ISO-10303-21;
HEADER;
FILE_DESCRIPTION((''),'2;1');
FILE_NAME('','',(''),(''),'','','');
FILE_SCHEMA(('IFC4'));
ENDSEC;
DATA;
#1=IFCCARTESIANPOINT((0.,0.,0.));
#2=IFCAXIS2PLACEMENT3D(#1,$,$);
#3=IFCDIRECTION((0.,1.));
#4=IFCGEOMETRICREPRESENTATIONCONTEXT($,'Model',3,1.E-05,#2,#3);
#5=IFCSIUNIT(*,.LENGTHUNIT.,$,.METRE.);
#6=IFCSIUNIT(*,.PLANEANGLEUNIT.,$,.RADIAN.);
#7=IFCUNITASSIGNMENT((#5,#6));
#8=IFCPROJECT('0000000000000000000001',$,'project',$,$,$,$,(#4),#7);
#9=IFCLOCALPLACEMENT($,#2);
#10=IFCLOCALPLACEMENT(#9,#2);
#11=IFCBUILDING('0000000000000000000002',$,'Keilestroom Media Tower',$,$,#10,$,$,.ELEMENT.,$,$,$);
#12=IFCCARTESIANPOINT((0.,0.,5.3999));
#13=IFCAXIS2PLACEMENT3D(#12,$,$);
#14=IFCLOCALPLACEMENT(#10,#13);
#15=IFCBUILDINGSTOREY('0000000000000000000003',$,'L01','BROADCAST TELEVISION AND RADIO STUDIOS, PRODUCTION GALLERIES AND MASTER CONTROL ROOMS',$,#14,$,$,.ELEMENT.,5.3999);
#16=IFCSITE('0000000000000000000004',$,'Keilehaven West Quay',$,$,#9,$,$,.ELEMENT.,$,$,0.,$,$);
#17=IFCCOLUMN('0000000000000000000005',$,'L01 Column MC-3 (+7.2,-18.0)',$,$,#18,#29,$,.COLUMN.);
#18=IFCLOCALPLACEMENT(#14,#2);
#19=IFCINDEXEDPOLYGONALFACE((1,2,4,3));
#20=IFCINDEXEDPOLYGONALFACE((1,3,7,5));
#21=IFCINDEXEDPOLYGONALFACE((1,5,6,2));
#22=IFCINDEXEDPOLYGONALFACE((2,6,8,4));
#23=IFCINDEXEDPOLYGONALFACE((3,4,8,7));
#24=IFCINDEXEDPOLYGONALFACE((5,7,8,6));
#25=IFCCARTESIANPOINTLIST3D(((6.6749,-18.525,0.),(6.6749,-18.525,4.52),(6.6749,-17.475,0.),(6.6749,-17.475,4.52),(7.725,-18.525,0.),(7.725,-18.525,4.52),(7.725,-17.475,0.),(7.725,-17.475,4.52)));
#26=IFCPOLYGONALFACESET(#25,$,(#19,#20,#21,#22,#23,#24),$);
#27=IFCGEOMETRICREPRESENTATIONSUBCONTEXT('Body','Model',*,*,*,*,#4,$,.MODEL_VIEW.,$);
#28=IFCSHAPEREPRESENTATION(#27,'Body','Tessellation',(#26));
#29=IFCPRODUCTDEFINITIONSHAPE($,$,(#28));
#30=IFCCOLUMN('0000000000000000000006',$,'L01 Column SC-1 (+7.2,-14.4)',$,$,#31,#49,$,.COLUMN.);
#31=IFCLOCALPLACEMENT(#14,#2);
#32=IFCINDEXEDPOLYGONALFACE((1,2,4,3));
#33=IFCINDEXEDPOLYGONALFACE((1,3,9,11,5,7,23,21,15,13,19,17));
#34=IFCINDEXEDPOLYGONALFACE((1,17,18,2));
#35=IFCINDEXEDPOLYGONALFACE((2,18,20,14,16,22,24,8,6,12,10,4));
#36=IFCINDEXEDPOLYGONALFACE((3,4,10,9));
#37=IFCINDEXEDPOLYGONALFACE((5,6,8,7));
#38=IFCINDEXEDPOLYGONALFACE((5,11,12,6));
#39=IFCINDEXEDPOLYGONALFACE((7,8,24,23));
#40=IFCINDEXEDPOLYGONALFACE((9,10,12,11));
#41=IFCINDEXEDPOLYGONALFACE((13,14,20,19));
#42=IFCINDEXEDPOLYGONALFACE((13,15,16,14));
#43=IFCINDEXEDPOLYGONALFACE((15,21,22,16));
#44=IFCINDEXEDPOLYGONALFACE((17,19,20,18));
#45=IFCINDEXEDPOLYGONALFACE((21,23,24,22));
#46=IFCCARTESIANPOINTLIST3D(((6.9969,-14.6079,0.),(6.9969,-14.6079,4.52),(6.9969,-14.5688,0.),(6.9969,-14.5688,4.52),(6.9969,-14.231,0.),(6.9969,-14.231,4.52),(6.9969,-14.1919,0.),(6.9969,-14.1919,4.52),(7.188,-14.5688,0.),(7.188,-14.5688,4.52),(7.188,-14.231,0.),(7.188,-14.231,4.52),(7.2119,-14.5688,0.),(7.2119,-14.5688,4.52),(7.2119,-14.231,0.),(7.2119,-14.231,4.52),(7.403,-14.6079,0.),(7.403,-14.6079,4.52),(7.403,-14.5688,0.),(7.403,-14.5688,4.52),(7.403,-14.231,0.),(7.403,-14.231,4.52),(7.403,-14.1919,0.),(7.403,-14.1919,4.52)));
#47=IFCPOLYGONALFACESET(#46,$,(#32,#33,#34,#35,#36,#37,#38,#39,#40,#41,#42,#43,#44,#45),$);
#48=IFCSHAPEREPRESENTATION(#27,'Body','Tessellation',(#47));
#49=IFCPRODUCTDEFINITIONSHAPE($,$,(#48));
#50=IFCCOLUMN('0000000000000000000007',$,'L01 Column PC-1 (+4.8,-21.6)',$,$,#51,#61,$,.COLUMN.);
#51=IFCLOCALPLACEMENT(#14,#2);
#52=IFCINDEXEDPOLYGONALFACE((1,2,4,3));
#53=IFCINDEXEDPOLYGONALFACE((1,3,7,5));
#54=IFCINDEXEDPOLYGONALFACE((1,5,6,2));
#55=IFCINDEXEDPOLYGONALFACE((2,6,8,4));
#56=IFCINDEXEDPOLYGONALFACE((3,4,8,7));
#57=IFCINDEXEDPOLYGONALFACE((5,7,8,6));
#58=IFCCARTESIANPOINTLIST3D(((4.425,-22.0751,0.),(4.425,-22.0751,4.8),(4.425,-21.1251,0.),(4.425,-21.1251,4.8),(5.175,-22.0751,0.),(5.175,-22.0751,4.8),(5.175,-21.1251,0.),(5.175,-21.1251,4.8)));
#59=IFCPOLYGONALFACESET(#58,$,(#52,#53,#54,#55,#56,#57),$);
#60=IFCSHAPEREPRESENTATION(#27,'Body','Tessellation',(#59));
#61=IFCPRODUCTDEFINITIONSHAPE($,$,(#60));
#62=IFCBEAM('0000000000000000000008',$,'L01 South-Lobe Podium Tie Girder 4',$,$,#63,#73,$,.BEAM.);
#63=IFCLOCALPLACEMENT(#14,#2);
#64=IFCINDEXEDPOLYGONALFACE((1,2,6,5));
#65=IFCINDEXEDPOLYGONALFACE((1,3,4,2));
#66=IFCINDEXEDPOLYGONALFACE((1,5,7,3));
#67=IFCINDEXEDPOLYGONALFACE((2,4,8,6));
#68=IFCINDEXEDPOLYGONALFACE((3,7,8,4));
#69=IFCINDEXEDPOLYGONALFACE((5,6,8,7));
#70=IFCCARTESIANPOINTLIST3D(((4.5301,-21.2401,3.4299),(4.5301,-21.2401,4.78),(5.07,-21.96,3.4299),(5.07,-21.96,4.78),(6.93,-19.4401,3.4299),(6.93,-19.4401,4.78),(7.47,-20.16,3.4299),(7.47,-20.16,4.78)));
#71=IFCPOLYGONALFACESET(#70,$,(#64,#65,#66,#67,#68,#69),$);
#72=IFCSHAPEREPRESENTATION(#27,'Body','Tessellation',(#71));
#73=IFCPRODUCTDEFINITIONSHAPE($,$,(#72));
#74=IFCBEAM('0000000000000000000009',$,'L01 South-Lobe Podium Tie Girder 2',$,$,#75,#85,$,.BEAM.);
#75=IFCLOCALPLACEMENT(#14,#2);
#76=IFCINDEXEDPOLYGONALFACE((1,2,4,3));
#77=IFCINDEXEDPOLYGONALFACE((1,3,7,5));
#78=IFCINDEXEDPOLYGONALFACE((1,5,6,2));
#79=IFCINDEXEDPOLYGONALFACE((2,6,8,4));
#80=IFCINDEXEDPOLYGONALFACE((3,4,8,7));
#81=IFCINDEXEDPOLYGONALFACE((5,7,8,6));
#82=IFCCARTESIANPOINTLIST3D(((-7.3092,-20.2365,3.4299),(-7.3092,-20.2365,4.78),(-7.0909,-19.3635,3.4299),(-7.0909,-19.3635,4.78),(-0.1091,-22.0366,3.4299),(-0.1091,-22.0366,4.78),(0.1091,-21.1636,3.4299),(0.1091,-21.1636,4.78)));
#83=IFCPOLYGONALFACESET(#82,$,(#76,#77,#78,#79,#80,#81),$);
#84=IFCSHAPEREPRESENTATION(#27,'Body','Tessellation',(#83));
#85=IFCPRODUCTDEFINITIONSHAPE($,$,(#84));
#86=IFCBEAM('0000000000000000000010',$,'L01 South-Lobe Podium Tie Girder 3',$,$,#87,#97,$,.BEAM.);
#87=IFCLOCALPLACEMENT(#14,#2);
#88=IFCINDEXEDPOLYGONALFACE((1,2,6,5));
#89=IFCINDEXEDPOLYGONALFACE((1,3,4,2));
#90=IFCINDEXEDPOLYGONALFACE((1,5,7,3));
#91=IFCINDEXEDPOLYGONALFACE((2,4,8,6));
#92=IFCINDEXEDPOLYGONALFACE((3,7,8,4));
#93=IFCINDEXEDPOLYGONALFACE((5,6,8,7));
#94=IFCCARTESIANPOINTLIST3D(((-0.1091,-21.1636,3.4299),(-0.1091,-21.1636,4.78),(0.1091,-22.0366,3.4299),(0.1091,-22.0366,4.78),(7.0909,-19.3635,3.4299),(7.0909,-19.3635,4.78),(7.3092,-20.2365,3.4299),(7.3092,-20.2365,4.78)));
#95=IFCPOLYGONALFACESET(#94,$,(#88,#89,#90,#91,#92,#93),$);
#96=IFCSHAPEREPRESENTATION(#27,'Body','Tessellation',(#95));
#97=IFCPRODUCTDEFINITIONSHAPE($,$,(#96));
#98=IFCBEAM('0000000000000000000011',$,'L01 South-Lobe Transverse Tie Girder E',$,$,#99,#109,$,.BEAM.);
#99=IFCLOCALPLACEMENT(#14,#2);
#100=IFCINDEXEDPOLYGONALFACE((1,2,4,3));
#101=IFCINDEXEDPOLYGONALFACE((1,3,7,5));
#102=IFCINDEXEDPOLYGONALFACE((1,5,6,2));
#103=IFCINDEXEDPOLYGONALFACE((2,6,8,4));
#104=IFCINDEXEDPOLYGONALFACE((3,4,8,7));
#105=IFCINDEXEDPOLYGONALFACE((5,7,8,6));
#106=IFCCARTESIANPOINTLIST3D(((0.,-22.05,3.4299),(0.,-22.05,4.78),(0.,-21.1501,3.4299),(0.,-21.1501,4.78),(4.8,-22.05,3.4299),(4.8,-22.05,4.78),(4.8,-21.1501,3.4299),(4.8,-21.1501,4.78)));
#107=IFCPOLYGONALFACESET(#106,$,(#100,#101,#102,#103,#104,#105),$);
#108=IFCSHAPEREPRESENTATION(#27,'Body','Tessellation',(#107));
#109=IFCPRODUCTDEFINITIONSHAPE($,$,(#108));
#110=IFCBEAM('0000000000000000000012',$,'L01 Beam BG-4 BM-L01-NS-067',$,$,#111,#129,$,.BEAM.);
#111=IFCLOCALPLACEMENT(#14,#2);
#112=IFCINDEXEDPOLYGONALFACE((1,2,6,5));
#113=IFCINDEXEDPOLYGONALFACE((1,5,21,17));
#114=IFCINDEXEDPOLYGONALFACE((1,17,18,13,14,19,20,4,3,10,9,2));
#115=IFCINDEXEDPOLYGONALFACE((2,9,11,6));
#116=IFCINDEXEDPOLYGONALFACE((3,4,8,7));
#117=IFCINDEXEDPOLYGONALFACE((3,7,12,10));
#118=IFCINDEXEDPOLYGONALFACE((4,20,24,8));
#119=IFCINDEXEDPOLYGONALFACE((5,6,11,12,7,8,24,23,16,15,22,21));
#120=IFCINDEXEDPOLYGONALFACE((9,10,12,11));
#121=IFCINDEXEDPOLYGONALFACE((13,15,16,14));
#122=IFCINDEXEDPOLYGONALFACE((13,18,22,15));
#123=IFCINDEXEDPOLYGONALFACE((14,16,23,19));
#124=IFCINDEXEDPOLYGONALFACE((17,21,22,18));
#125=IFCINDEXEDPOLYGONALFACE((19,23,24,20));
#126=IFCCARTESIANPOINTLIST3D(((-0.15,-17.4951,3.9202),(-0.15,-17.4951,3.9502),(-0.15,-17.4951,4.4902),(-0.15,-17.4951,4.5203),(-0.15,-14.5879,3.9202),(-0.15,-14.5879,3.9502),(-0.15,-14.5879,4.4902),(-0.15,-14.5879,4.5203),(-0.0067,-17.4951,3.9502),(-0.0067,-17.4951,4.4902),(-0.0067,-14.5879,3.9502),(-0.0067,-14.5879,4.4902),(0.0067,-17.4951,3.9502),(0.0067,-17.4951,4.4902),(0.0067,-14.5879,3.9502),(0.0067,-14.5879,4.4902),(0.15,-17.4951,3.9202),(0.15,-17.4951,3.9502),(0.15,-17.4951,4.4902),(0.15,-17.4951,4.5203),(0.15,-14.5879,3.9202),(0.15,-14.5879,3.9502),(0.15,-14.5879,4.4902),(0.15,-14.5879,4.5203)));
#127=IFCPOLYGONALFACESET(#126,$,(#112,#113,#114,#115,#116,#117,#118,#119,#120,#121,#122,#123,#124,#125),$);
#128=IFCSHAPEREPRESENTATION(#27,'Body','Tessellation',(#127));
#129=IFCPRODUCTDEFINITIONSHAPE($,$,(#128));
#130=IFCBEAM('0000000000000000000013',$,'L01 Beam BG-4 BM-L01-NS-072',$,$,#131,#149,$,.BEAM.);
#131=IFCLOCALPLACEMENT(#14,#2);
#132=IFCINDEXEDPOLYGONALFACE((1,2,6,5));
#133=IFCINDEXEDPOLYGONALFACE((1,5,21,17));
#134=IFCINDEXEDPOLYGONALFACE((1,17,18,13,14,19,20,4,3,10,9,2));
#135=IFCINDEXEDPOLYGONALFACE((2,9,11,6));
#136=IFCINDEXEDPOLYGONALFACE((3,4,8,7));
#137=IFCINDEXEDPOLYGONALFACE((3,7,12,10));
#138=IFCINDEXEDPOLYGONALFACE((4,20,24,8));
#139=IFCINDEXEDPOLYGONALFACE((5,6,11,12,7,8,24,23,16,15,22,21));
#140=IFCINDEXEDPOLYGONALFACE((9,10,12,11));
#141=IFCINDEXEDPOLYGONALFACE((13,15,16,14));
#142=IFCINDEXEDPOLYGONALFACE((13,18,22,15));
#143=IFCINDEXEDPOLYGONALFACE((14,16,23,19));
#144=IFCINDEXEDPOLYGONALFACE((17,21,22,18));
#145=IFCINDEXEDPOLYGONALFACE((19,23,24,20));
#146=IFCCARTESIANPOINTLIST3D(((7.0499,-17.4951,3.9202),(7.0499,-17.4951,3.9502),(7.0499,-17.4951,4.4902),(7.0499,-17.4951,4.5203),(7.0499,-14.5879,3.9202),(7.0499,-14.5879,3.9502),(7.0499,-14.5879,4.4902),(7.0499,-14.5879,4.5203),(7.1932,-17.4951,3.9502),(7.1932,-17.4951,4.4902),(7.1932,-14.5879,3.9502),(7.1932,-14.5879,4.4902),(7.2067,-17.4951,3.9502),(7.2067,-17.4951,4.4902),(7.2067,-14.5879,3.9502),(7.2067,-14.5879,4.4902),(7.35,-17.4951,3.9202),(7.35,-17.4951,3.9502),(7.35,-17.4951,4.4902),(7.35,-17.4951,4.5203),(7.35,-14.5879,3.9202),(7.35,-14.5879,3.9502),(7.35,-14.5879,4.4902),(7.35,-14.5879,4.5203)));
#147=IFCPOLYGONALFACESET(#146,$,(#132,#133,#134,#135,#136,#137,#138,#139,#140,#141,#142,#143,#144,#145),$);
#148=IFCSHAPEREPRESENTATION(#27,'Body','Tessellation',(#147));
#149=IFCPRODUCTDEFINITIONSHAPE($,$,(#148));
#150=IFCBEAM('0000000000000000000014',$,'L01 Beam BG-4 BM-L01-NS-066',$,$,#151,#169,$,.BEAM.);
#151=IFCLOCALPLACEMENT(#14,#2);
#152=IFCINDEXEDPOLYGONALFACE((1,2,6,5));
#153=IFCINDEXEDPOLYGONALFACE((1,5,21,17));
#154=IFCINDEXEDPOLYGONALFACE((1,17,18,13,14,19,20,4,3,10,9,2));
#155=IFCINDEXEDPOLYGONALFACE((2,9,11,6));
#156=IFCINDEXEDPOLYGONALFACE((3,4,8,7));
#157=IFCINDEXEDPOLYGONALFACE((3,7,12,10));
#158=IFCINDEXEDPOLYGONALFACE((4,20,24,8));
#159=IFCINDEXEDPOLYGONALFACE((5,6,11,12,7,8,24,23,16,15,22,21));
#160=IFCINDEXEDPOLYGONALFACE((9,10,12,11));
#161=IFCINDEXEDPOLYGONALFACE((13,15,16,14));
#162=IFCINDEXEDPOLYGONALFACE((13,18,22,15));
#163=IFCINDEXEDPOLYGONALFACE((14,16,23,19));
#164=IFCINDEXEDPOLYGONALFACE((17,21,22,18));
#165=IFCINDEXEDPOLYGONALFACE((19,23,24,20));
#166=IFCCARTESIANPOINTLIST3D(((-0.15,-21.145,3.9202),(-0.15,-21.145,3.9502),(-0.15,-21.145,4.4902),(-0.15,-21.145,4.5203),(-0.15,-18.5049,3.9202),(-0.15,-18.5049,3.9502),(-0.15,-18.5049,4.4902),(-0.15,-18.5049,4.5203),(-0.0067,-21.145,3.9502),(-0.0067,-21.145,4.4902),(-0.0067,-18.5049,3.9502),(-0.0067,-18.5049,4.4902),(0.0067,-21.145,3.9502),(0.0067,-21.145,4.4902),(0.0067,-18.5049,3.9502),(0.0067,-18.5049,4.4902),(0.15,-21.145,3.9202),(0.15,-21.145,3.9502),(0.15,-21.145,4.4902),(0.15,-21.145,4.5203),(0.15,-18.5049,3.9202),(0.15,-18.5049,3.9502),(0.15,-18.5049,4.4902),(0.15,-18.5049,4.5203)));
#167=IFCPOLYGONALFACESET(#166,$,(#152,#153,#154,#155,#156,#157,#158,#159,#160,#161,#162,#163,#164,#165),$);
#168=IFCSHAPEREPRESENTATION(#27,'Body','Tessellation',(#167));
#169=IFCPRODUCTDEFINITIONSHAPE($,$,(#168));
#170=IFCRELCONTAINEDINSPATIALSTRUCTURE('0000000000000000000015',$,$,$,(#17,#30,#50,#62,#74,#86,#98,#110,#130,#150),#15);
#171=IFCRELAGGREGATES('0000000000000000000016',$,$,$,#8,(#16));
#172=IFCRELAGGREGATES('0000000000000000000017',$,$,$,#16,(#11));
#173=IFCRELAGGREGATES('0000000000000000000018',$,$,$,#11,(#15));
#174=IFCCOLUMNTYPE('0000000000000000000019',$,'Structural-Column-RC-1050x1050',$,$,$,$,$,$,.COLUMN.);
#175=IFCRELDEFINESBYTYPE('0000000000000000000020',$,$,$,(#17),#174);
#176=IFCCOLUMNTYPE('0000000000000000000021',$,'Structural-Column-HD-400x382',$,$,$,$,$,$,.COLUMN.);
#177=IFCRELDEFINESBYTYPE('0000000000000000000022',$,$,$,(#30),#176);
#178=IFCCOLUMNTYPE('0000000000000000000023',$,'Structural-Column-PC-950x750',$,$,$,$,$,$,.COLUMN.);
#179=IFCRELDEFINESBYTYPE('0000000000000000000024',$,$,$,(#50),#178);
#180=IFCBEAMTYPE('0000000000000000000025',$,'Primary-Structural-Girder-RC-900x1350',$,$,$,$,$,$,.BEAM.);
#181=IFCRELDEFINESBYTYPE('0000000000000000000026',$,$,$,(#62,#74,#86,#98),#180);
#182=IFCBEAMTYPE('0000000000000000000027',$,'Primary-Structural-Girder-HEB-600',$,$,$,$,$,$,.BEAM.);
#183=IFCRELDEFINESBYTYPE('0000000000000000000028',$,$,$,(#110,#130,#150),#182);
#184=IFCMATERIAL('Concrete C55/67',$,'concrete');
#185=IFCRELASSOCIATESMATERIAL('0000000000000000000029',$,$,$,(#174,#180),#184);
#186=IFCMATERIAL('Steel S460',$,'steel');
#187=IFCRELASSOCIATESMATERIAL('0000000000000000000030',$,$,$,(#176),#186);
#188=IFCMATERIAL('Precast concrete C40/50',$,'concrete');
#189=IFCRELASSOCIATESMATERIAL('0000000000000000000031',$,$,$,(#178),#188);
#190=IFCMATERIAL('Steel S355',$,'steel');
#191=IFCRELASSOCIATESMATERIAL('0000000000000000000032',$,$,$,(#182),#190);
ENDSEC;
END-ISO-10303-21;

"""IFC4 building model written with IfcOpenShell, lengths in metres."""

from ifc_helpers import new_model, si_unit, direction, frame, origin, origin_2d, place, context, subcontext, project, spatial, rectangle, i_section, extrude, source, transform, mapped, material, material_profile, profile_set, type_object, element, save


model = new_model("IFC4")

# Units and contexts
model_context = context("Model", 3, precision=1e-05, world=origin(), true_north=direction((0.0, 1.0)))
body_context = subcontext(model_context, "Body", "Model", "MODEL_VIEW")
ifc_project = project(units=[si_unit("LENGTHUNIT", "METRE"), si_unit("PLANEANGLEUNIT", "RADIAN")], contexts=[model_context])

# Site, building, storey
site_placement = place(None, origin())
site = spatial("IfcSite", under=ifc_project, at=site_placement, Name="Keilehaven West Quay", CompositionType="ELEMENT", RefElevation=0.0)
building_placement = place(site_placement, origin())
building = spatial("IfcBuilding", under=site, at=building_placement, Name="Keilestroom Media Tower", CompositionType="ELEMENT")
storey_placement = place(building_placement, frame((0.0, 0.0, 5.3999)))
storey = spatial("IfcBuildingStorey", under=building, at=storey_placement, Name="L01", Description="BROADCAST TELEVISION AND RADIO STUDIOS, PRODUCTION GALLERIES AND MASTER CONTROL ROOMS", CompositionType="ELEMENT", Elevation=5.3999)

# Columns
ifc_material_1 = material(Name="Concrete C55/67", Category="concrete")
ifc_material_profile_1 = material_profile(ifc_material_1, rectangle(XDim=1.05, YDim=1.05, at=origin_2d()), Name="RC 1050x1050")
ifc_profile_set_1 = profile_set([ifc_material_profile_1], Name="Concrete C55/67")
column_type_1 = type_object("IfcColumnType", Name="Structural-Column-RC-1050x1050", PredefinedType="COLUMN", material=ifc_profile_set_1)
shared_shape_1 = source(origin(), body_context, "Body", "SweptSolid", [
    extrude(rectangle(XDim=1.05, YDim=1.05, at=origin_2d()), origin(), (0.0, 0.0, 1.0), 4.52),
])
column_1_placement = place(storey_placement, frame((7.2, -18.0, 0.0), z_axis=(0.0, 0.0, 1.0), x_axis=(1.0, 0.0, 0.0)))
element("IfcColumn", 1, at=column_1_placement, inside=storey, type_object=column_type_1, Name="L01 Column MC-3 (+7.2,-18.0)", PredefinedType="COLUMN", context=body_context, shape_type="MappedRepresentation", body=[
    mapped(shared_shape_1, transform((0.0, 0.0, 0.0), x_axis=(1.0, 0.0, 0.0), y_axis=(0.0, 1.0, 0.0), z_axis=(0.0, 0.0, 1.0), scale=1.0)),
])
ifc_material_2 = material(Name="Steel S460", Category="steel")
ifc_material_profile_2 = material_profile(ifc_material_2, i_section(OverallWidth=0.406, OverallDepth=0.416, WebThickness=0.0239, FlangeThickness=0.0391, at=origin_2d()), Name="HD 400x382")
ifc_profile_set_2 = profile_set([ifc_material_profile_2], Name="Steel S460")
column_type_2 = type_object("IfcColumnType", Name="Structural-Column-HD-400x382", PredefinedType="COLUMN", material=ifc_profile_set_2)
shared_shape_2 = source(origin(), body_context, "Body", "SweptSolid", [
    extrude(i_section(OverallWidth=0.406, OverallDepth=0.416, WebThickness=0.0239, FlangeThickness=0.0391, at=origin_2d()), origin(), (0.0, 0.0, 1.0), 4.52),
])
column_2_placement = place(storey_placement, frame((7.2, -14.3999, 0.0), z_axis=(0.0, 0.0, 1.0), x_axis=(1.0, 0.0, 0.0)))
element("IfcColumn", 2, at=column_2_placement, inside=storey, type_object=column_type_2, Name="L01 Column SC-1 (+7.2,-14.4)", PredefinedType="COLUMN", context=body_context, shape_type="MappedRepresentation", body=[
    mapped(shared_shape_2, transform((0.0, 0.0, 0.0), x_axis=(1.0, 0.0, 0.0), y_axis=(0.0, 1.0, 0.0), z_axis=(0.0, 0.0, 1.0), scale=1.0)),
])
ifc_material_3 = material(Name="Precast concrete C40/50", Category="concrete")
ifc_material_profile_3 = material_profile(ifc_material_3, rectangle(XDim=0.75, YDim=0.95, at=origin_2d()), Name="PC 950x750")
ifc_profile_set_3 = profile_set([ifc_material_profile_3], Name="Precast concrete C40/50")
column_type_3 = type_object("IfcColumnType", Name="Structural-Column-PC-950x750", PredefinedType="COLUMN", material=ifc_profile_set_3)
shared_shape_3 = source(origin(), body_context, "Body", "SweptSolid", [
    extrude(rectangle(XDim=0.75, YDim=0.95, at=origin_2d()), origin(), (0.0, 0.0, 1.0), 4.8),
])
column_3_placement = place(storey_placement, frame((4.8, -21.6001, 0.0), z_axis=(0.0, 0.0, 1.0), x_axis=(1.0, 0.0, 0.0)))
element("IfcColumn", 3, at=column_3_placement, inside=storey, type_object=column_type_3, Name="L01 Column PC-1 (+4.8,-21.6)", PredefinedType="COLUMN", context=body_context, shape_type="MappedRepresentation", body=[
    mapped(shared_shape_3, transform((0.0, 0.0, 0.0), x_axis=(1.0, 0.0, 0.0), y_axis=(0.0, 1.0, 0.0), z_axis=(0.0, 0.0, 1.0), scale=1.0)),
])

# Beams
ifc_material_profile_4 = material_profile(ifc_material_1, rectangle(XDim=0.8999, YDim=1.3501, at=origin_2d()), Name="RC 900x1350")
ifc_profile_set_4 = profile_set([ifc_material_profile_4], Name="Concrete C55/67")
beam_type_1 = type_object("IfcBeamType", Name="Primary-Structural-Girder-RC-900x1350", PredefinedType="BEAM", material=ifc_profile_set_4)
shared_shape_4 = source(origin(), body_context, "Body", "SweptSolid", [
    extrude(rectangle(XDim=0.8999, YDim=1.3501, at=origin_2d()), origin(), (0.0, 0.0, 1.0), 3.0),
])
beam_1_placement = place(storey_placement, frame((4.8, -21.6001, 4.105), z_axis=(0.79998, 0.600026, 0.0), x_axis=(-0.600026, 0.79998, 0.0)))
element("IfcBeam", 4, at=beam_1_placement, inside=storey, type_object=beam_type_1, Name="L01 South-Lobe Podium Tie Girder 4", PredefinedType="BEAM", context=body_context, shape_type="MappedRepresentation", body=[
    mapped(shared_shape_4, transform((0.0, 0.0, 0.0), x_axis=(1.0, 0.0, 0.0), y_axis=(0.0, 1.0, 0.0), z_axis=(0.0, 0.0, 1.0), scale=1.0)),
])
shared_shape_5 = source(origin(), body_context, "Body", "SweptSolid", [
    extrude(rectangle(XDim=0.8999, YDim=1.3501, at=origin_2d()), origin(), (0.0, 0.0, 1.0), 7.4216),
])
for number, where, z_axis, x_axis, name in (
    (5, (0.0, -21.6001, 4.105), (-0.970141, 0.242543, 0.0), (-0.242543, -0.970141, 0.0), "L01 South-Lobe Podium Tie Girder 2"),
    (6, (0.0, -21.6001, 4.105), (0.970141, 0.242543, 0.0), (-0.242543, 0.970141, 0.0), "L01 South-Lobe Podium Tie Girder 3"),
):
    element("IfcBeam", number, at=place(storey_placement, frame(where, z_axis=z_axis, x_axis=x_axis)), inside=storey, type_object=beam_type_1, Name=name, PredefinedType="BEAM", context=body_context, shape_type="MappedRepresentation", body=[
        mapped(shared_shape_5, transform((0.0, 0.0, 0.0), x_axis=(1.0, 0.0, 0.0), y_axis=(0.0, 1.0, 0.0), z_axis=(0.0, 0.0, 1.0), scale=1.0)),
    ])
shared_shape_6 = source(origin(), body_context, "Body", "SweptSolid", [
    extrude(rectangle(XDim=0.8999, YDim=1.3501, at=origin_2d()), origin(), (0.0, 0.0, 1.0), 4.8),
])
beam_2_placement = place(storey_placement, frame((0.0, -21.6001, 4.105), z_axis=(1.0, 0.0, 0.0), x_axis=(0.0, 1.0, 0.0)))
element("IfcBeam", 7, at=beam_2_placement, inside=storey, type_object=beam_type_1, Name="L01 South-Lobe Transverse Tie Girder E", PredefinedType="BEAM", context=body_context, shape_type="MappedRepresentation", body=[
    mapped(shared_shape_6, transform((0.0, 0.0, 0.0), x_axis=(1.0, 0.0, 0.0), y_axis=(0.0, 1.0, 0.0), z_axis=(0.0, 0.0, 1.0), scale=1.0)),
])
ifc_material_4 = material(Name="Steel S355", Category="steel")
ifc_material_profile_5 = material_profile(ifc_material_4, i_section(OverallWidth=0.3, OverallDepth=0.6001, WebThickness=0.0134, FlangeThickness=0.03, at=origin_2d()), Name="HEB 600")
ifc_profile_set_5 = profile_set([ifc_material_profile_5], Name="Steel S355")
beam_type_2 = type_object("IfcBeamType", Name="Primary-Structural-Girder-HEB-600", PredefinedType="BEAM", material=ifc_profile_set_5)
shared_shape_7 = source(origin(), body_context, "Body", "SweptSolid", [
    extrude(i_section(OverallWidth=0.3, OverallDepth=0.6001, WebThickness=0.0134, FlangeThickness=0.03, at=origin_2d()), origin(), (0.0, 0.0, 1.0), 2.9072),
])
for number, where, z_axis, x_axis, name in (
    (8, (0.0, -17.4951, 4.2202), (0.0, 1.0, 0.0), (-1.0, 0.0, 0.0), "L01 Beam BG-4 BM-L01-NS-067"),
    (9, (7.2, -17.4951, 4.2202), (0.0, 1.0, 0.0), (-1.0, 0.0, 0.0), "L01 Beam BG-4 BM-L01-NS-072"),
):
    element("IfcBeam", number, at=place(storey_placement, frame(where, z_axis=z_axis, x_axis=x_axis)), inside=storey, type_object=beam_type_2, Name=name, PredefinedType="BEAM", context=body_context, shape_type="MappedRepresentation", body=[
        mapped(shared_shape_7, transform((0.0, 0.0, 0.0), x_axis=(1.0, 0.0, 0.0), y_axis=(0.0, 1.0, 0.0), z_axis=(0.0, 0.0, 1.0), scale=1.0)),
    ])
shared_shape_8 = source(origin(), body_context, "Body", "SweptSolid", [
    extrude(i_section(OverallWidth=0.3, OverallDepth=0.6001, WebThickness=0.0134, FlangeThickness=0.03, at=origin_2d()), origin(), (0.0, 0.0, 1.0), 2.6401),
])
beam_3_placement = place(storey_placement, frame((0.0, -21.145, 4.2202), z_axis=(0.0, 1.0, 0.0), x_axis=(-1.0, 0.0, 0.0)))
element("IfcBeam", 10, at=beam_3_placement, inside=storey, type_object=beam_type_2, Name="L01 Beam BG-4 BM-L01-NS-066", PredefinedType="BEAM", context=body_context, shape_type="MappedRepresentation", body=[
    mapped(shared_shape_8, transform((0.0, 0.0, 0.0), x_axis=(1.0, 0.0, 0.0), y_axis=(0.0, 1.0, 0.0), z_axis=(0.0, 0.0, 1.0), scale=1.0)),
])

save(model, "model.ifc")
